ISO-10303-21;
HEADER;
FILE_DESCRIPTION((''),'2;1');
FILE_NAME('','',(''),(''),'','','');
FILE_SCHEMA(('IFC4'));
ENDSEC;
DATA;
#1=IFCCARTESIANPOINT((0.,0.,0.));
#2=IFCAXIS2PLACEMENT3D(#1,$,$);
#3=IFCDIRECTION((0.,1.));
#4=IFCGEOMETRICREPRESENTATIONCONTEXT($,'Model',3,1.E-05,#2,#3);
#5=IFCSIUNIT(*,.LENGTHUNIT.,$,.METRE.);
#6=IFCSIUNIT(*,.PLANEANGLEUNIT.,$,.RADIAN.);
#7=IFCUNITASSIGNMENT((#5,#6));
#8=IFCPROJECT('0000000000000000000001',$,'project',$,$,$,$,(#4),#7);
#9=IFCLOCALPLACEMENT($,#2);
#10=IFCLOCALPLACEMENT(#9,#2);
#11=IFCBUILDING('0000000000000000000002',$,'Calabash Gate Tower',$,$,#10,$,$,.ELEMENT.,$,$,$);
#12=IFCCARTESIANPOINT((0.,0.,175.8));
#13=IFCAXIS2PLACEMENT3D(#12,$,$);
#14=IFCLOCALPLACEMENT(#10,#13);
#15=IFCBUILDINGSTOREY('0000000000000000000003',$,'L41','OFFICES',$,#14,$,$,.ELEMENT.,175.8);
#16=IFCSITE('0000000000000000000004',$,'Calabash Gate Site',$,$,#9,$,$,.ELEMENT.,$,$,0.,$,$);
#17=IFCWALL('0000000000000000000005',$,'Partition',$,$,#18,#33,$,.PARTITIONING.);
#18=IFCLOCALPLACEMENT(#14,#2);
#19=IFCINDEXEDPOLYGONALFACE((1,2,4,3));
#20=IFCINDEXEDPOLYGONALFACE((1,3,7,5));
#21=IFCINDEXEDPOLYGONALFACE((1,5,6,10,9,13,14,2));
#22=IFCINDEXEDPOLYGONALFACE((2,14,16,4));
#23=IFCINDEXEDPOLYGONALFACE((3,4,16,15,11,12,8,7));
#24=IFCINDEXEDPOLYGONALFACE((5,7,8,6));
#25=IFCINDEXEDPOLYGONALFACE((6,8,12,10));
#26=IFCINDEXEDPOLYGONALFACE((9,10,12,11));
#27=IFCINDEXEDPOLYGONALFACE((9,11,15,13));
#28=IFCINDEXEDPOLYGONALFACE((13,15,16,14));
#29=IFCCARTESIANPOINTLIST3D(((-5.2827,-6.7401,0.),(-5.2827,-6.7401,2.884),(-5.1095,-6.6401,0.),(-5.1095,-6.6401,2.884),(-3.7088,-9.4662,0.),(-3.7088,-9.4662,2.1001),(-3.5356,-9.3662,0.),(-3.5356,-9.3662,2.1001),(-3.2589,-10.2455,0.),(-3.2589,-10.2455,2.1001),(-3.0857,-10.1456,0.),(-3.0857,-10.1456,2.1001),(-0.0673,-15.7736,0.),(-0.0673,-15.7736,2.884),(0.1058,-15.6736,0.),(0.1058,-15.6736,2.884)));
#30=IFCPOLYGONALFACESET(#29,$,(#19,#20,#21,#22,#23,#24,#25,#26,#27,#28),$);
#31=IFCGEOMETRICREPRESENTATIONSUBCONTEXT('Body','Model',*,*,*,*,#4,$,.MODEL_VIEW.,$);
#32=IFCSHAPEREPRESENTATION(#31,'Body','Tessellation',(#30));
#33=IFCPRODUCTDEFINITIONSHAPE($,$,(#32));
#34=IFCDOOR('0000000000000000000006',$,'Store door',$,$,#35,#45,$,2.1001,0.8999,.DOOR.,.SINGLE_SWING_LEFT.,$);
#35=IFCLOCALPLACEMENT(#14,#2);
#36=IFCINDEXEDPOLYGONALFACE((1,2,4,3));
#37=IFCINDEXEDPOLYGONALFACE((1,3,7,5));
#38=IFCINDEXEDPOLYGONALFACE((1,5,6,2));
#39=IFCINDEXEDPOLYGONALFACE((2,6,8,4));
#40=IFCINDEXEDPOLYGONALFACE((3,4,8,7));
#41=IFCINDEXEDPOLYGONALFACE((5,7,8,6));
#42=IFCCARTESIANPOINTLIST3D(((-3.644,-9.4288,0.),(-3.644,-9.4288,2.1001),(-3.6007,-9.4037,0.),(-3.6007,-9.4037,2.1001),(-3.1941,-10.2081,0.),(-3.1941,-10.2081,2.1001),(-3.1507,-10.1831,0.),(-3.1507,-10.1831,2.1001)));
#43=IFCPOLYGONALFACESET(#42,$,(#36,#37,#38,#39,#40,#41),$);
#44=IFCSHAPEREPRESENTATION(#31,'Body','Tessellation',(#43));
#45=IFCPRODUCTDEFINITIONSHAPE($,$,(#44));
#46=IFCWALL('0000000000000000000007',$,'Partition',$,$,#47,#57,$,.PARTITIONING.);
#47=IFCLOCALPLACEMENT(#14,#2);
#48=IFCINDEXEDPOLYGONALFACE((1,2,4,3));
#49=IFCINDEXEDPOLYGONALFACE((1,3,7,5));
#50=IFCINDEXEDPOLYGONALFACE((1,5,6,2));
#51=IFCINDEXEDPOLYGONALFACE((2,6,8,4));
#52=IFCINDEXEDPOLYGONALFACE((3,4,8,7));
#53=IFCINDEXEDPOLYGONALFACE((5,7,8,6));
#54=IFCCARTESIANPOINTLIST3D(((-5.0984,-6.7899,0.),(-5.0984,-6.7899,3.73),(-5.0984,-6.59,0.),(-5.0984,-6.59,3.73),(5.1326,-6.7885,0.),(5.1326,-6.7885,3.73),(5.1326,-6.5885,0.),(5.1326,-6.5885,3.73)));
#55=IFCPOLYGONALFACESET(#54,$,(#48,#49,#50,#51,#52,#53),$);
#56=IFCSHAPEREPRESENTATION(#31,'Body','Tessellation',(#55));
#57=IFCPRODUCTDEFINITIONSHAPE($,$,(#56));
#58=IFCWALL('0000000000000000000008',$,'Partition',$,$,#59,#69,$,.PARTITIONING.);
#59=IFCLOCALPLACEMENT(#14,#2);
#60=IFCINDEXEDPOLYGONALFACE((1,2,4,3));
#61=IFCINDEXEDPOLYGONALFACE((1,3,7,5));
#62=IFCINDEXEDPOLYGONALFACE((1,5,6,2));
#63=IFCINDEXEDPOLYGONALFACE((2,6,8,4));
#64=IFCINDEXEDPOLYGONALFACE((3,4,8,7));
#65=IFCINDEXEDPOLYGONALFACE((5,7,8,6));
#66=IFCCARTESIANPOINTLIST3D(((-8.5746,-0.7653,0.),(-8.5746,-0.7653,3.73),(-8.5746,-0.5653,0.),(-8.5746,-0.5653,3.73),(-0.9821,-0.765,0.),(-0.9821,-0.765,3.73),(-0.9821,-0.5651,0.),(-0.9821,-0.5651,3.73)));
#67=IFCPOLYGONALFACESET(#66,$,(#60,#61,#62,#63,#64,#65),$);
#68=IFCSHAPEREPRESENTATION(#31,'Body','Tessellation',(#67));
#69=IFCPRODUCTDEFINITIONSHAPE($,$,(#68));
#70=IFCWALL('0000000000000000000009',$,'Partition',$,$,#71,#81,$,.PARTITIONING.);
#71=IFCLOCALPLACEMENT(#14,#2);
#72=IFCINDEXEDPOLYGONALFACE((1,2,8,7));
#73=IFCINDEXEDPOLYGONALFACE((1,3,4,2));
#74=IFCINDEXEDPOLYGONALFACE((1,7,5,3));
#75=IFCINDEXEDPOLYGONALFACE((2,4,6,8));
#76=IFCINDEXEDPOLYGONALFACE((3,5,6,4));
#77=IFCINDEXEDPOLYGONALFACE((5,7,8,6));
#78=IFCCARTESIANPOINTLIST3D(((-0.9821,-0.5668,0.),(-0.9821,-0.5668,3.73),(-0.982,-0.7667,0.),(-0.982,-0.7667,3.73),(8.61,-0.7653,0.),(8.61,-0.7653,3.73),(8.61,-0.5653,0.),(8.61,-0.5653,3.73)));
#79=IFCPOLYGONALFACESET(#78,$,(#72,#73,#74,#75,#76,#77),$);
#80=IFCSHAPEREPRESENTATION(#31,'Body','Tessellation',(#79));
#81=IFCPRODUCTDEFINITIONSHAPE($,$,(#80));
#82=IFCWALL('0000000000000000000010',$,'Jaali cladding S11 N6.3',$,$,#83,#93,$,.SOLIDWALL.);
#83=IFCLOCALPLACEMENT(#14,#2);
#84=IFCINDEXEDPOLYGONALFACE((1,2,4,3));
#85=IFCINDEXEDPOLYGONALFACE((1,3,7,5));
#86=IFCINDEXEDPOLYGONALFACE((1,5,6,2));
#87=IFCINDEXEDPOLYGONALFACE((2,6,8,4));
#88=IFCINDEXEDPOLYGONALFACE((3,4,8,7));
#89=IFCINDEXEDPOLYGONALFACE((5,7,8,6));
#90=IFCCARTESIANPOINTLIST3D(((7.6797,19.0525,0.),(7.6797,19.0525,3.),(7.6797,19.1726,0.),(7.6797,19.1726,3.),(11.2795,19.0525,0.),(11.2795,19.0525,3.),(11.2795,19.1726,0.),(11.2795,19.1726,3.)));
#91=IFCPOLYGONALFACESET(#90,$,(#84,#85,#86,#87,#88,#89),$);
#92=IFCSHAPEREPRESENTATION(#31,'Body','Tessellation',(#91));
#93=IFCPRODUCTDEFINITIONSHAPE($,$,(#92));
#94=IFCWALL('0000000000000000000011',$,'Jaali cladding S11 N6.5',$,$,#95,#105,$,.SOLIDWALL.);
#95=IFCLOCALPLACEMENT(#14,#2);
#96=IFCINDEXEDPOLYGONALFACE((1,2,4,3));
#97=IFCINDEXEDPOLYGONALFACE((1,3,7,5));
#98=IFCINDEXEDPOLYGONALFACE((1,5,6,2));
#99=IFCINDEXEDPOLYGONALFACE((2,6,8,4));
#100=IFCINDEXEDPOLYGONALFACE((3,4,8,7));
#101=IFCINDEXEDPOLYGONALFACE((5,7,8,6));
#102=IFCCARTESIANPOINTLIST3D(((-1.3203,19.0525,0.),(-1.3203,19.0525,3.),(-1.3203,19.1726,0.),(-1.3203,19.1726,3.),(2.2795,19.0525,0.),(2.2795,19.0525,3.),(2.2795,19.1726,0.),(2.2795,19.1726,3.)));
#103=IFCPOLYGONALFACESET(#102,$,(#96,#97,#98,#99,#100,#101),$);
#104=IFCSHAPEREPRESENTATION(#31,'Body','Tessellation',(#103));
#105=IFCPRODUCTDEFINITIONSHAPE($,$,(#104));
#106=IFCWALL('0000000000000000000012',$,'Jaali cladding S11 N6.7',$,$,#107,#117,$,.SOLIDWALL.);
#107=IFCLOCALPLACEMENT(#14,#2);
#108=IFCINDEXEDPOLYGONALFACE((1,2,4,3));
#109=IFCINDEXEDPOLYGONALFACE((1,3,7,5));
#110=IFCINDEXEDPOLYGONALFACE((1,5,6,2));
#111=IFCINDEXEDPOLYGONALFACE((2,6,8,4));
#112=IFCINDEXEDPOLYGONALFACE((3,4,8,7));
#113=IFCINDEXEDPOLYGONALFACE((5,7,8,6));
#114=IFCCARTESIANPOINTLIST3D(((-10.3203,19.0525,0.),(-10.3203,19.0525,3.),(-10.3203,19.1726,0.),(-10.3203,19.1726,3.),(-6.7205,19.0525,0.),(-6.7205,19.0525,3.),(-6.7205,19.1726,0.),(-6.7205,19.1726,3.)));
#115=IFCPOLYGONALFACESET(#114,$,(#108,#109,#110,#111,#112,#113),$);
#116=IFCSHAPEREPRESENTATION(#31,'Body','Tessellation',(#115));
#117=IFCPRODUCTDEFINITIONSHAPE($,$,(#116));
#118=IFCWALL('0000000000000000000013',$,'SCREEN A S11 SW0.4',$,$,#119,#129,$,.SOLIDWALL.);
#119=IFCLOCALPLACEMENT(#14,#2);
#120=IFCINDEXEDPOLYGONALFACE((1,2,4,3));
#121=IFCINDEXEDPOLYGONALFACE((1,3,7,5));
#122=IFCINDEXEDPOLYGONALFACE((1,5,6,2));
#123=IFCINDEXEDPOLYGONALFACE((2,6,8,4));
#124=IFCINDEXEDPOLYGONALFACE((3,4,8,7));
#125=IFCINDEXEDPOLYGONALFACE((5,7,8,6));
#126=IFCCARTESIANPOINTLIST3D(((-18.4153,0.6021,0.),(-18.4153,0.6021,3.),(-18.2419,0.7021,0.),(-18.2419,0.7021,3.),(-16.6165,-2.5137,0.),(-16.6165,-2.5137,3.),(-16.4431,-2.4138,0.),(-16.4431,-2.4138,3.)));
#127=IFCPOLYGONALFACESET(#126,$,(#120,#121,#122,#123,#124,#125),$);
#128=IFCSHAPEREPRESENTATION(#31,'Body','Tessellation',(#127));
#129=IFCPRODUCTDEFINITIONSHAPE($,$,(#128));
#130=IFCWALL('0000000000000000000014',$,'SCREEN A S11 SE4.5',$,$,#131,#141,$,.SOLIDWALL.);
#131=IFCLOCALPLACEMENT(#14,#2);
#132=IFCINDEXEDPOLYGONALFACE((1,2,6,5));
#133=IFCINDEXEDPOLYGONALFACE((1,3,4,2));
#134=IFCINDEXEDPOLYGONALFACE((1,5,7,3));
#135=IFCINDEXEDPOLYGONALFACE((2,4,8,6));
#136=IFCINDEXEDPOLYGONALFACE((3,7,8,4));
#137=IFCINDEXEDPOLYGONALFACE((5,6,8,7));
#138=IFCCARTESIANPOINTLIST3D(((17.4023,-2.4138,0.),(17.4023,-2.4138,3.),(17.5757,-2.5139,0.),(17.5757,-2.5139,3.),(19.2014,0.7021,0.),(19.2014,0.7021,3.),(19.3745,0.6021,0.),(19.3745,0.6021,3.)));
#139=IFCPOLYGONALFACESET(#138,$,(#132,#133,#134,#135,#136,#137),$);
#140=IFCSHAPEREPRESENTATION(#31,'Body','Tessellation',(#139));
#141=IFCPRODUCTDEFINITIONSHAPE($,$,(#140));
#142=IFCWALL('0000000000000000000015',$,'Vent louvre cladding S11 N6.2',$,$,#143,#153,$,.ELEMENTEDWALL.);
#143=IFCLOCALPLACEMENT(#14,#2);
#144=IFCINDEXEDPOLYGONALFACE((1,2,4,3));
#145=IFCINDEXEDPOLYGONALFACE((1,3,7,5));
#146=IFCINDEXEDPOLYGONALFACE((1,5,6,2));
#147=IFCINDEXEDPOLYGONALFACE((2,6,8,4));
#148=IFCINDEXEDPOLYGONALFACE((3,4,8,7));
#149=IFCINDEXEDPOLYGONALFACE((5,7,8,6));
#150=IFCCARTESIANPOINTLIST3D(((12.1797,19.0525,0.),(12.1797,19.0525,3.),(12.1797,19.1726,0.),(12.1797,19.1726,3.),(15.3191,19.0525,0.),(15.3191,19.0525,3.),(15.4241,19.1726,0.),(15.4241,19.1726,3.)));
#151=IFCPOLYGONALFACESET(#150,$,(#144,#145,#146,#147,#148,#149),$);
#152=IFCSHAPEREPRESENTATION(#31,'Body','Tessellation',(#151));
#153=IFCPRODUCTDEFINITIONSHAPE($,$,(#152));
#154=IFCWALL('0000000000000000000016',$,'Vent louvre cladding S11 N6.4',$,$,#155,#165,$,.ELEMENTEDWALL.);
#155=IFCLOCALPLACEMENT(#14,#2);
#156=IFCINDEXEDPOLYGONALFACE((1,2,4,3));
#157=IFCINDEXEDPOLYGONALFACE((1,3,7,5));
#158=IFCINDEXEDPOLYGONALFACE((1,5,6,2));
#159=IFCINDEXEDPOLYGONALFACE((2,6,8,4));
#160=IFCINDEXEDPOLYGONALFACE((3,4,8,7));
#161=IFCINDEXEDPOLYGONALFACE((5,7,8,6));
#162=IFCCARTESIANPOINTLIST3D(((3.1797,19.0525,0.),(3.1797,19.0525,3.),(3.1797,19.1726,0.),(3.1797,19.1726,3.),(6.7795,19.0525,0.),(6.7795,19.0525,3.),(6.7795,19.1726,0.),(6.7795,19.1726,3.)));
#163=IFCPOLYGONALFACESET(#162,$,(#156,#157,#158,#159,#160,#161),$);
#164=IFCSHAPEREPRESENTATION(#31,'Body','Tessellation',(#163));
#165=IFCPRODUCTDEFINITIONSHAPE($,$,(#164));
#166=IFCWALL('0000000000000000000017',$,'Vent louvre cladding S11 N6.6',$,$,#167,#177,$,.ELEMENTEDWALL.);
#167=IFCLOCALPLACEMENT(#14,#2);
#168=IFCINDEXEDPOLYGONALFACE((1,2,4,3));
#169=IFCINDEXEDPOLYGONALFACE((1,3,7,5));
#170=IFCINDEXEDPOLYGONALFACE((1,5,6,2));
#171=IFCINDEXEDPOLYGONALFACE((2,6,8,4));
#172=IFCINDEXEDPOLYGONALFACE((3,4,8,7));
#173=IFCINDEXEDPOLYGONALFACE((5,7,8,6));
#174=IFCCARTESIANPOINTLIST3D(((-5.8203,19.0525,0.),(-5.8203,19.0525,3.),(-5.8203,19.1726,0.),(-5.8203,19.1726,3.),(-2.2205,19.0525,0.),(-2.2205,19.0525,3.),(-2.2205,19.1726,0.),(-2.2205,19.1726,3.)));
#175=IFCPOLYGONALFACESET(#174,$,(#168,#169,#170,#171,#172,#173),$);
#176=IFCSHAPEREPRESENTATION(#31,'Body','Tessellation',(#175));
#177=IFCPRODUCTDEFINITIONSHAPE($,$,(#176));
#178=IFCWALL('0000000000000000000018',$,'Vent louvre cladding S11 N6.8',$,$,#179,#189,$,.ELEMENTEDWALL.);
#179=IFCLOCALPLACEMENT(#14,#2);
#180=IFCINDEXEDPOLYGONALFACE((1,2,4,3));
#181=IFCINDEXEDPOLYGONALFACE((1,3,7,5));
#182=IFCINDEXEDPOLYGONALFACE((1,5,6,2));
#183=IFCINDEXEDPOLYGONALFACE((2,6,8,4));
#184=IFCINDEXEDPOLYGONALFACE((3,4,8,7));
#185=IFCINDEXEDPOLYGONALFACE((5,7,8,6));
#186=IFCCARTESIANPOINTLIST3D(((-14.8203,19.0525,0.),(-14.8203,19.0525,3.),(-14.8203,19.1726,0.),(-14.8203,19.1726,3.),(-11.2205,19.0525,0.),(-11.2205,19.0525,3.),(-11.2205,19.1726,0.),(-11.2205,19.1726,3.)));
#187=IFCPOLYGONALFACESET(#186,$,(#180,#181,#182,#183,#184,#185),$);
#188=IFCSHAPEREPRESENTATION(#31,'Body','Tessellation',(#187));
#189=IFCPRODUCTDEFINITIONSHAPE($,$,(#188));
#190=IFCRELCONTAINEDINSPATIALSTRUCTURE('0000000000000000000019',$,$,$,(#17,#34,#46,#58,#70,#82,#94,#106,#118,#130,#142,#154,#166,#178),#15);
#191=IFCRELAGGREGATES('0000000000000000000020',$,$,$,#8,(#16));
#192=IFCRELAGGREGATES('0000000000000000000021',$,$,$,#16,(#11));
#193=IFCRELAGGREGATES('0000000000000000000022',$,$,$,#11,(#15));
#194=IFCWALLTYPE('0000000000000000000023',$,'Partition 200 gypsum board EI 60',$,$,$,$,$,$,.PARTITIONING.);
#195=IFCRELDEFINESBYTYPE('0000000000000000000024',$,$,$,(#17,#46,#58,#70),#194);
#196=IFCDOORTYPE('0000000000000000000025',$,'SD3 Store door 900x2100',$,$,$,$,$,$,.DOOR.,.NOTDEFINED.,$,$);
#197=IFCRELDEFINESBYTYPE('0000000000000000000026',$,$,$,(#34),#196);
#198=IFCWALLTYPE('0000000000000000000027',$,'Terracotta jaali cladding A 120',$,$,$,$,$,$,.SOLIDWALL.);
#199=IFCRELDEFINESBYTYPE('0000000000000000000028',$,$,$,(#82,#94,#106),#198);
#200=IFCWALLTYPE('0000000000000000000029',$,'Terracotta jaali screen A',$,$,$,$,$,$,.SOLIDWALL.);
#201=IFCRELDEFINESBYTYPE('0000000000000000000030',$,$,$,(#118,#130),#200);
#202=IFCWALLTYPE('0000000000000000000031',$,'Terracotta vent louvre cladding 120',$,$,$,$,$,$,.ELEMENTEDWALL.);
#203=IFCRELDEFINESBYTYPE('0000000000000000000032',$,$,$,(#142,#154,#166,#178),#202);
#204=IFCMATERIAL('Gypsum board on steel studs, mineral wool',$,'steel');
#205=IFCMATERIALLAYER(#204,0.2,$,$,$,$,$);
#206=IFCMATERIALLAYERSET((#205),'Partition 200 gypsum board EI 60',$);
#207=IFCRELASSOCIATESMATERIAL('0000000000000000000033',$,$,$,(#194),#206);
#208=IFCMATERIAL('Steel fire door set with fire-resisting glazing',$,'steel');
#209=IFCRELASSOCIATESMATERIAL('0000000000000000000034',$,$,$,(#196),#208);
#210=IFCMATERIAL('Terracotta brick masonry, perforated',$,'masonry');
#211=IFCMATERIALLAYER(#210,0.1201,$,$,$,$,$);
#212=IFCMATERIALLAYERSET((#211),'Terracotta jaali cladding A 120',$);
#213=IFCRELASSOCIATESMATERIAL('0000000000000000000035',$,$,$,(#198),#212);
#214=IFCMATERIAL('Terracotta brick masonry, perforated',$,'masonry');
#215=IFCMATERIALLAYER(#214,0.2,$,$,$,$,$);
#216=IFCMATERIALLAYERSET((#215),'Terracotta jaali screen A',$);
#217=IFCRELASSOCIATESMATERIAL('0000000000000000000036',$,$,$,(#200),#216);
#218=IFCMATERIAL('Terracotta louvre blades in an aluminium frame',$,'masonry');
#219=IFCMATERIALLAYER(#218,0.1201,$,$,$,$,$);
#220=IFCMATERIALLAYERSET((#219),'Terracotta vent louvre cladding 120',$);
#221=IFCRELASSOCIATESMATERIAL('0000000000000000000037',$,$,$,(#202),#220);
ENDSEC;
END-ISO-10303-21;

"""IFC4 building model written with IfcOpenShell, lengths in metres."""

from ifc_helpers import new_model, si_unit, direction, frame, frame_2d, origin, place, context, subcontext, project, spatial, polyline, rectangle, outline, extrude, material, layer, layer_set, type_object, element, fill, save


model = new_model("IFC4")

# Units and contexts
model_context = context("Model", 3, precision=1e-05, world=origin(), true_north=direction((0.0, 1.0)))
body_context = subcontext(model_context, "Body", "Model", "MODEL_VIEW")
ifc_project = project(units=[si_unit("LENGTHUNIT", "METRE"), si_unit("PLANEANGLEUNIT", "RADIAN")], contexts=[model_context])

# Site, building, storey
site_placement = place(None, origin())
site = spatial("IfcSite", under=ifc_project, at=site_placement, Name="Calabash Gate Site", CompositionType="ELEMENT", RefElevation=0.0)
building_placement = place(site_placement, origin())
building = spatial("IfcBuilding", under=site, at=building_placement, Name="Calabash Gate Tower", CompositionType="ELEMENT")
storey_placement = place(building_placement, frame((0.0, 0.0, 175.8)))
storey = spatial("IfcBuildingStorey", under=building, at=storey_placement, Name="L41", Description="OFFICES", CompositionType="ELEMENT", Elevation=175.8)

# Wall, opening, door
ifc_material_1 = material(Name="Gypsum board on steel studs, mineral wool", Category="steel")
ifc_layer_1 = layer(ifc_material_1, 0.2)
ifc_layer_set_1 = layer_set([ifc_layer_1], Name="Partition 200 gypsum board EI 60")
wall_type_1 = type_object("IfcWallType", Name="Partition 200 gypsum board EI 60", PredefinedType="PARTITIONING", material=ifc_layer_set_1)
wall_1_placement = place(storey_placement, frame((-5.196, -6.6902, 0.0), z_axis=(0.0, 0.0, 1.0), x_axis=(0.499991, -0.866031, 0.0)))
wall_1 = element("IfcWall", 1, at=wall_1_placement, inside=storey, type_object=wall_type_1, Name="Partition", PredefinedType="PARTITIONING", context=body_context, shape_type="SweptSolid", body=[
    extrude(rectangle(XDim=10.4309, YDim=0.2, at=frame_2d((5.2153, 0.0))), origin(), (0.0, 0.0, 1.0), 2.884),
])
opening_placement = place(wall_1_placement, frame((3.1477, 0.0, 0.0)))
opening = element("IfcOpeningElement", 2, at=opening_placement, cuts=wall_1, PredefinedType="OPENING", context=body_context, shape_type="SweptSolid", body=[
    extrude(rectangle(XDim=0.8999, YDim=2.1001, at=frame_2d((0.45, 1.05))), frame((0.0, 0.1099, 0.0), z_axis=(0.0, -1.0, 0.0), x_axis=(1.0, 0.0, 0.0)), (0.0, 0.0, 1.0), 0.22),
])
ifc_material_2 = material(Name="Steel fire door set with fire-resisting glazing", Category="steel")
door_type = type_object("IfcDoorType", Name="SD3 Store door 900x2100", OperationType="NOTDEFINED", PredefinedType="DOOR", material=ifc_material_2)
door_placement = place(opening_placement, origin())
door = element("IfcDoor", 3, at=door_placement, inside=storey, type_object=door_type, Name="Store door", OperationType="SINGLE_SWING_LEFT", OverallHeight=2.1001, OverallWidth=0.8999, PredefinedType="DOOR", context=body_context, shape_type="SweptSolid", body=[
    extrude(rectangle(XDim=0.8999, YDim=2.1001, at=frame_2d((0.45, 1.05))), frame((0.0, 0.0249, 0.0), z_axis=(0.0, -1.0, 0.0), x_axis=(1.0, 0.0, 0.0)), (0.0, 0.0, 1.0), 0.05),
])
fill(opening, door)

# Walls
wall_2_placement = place(storey_placement, frame((-5.0984, -6.6899, 0.0), z_axis=(0.0, 0.0, 1.0), x_axis=(1.0, 0.000143, 0.0)))
element("IfcWall", 4, at=wall_2_placement, inside=storey, type_object=wall_type_1, Name="Partition", PredefinedType="PARTITIONING", context=body_context, shape_type="SweptSolid", body=[
    extrude(rectangle(XDim=10.231, YDim=0.2, at=frame_2d((5.1155, 0.0))), origin(), (0.0, 0.0, 1.0), 3.73),
])
wall_3_placement = place(storey_placement, frame((-8.5747, -0.6653, 0.0), z_axis=(0.0, 0.0, 1.0), x_axis=(1.0, 0.000032, 0.0)))
element("IfcWall", 5, at=wall_3_placement, inside=storey, type_object=wall_type_1, Name="Partition", PredefinedType="PARTITIONING", context=body_context, shape_type="SweptSolid", body=[
    extrude(rectangle(XDim=7.5925, YDim=0.2, at=frame_2d((3.7964, 0.0))), origin(), (0.0, 0.0, 1.0), 3.73),
])
wall_4_placement = place(storey_placement, frame((-0.9819, -0.6667, 0.0), z_axis=(0.0, 0.0, 1.0), x_axis=(1.0, 0.000153, 0.0)))
element("IfcWall", 6, at=wall_4_placement, inside=storey, type_object=wall_type_1, Name="Partition", PredefinedType="PARTITIONING", context=body_context, shape_type="SweptSolid", body=[
    extrude(rectangle(XDim=9.592, YDim=0.2, at=frame_2d((4.7959, 0.0))), origin(), (0.0, 0.0, 1.0), 3.73),
])
ifc_material_3 = material(Name="Terracotta brick masonry, perforated", Category="masonry")
ifc_layer_2 = layer(ifc_material_3, 0.1201)
ifc_layer_set_2 = layer_set([ifc_layer_2], Name="Terracotta jaali cladding A 120")
wall_type_2 = type_object("IfcWallType", Name="Terracotta jaali cladding A 120", PredefinedType="SOLIDWALL", material=ifc_layer_set_2)
wall_5_placement = place(storey_placement, origin())
element("IfcWall", 7, at=wall_5_placement, inside=storey, type_object=wall_type_2, Name="Jaali cladding S11 N6.3", PredefinedType="SOLIDWALL", context=body_context, shape_type="SweptSolid", body=[
    extrude(outline(polyline([(7.6797, 19.1726), (7.6797, 19.0525), (11.2795, 19.0525), (11.2795, 19.1726), (7.6797, 19.1726)])), origin(), (0.0, 0.0, 1.0), 3.0),
])
wall_6_placement = place(storey_placement, origin())
element("IfcWall", 8, at=wall_6_placement, inside=storey, type_object=wall_type_2, Name="Jaali cladding S11 N6.5", PredefinedType="SOLIDWALL", context=body_context, shape_type="SweptSolid", body=[
    extrude(outline(polyline([(-1.3203, 19.1726), (-1.3203, 19.0525), (2.2795, 19.0525), (2.2795, 19.1726), (-1.3203, 19.1726)])), origin(), (0.0, 0.0, 1.0), 3.0),
])
wall_7_placement = place(storey_placement, origin())
element("IfcWall", 9, at=wall_7_placement, inside=storey, type_object=wall_type_2, Name="Jaali cladding S11 N6.7", PredefinedType="SOLIDWALL", context=body_context, shape_type="SweptSolid", body=[
    extrude(outline(polyline([(-10.3203, 19.1726), (-10.3203, 19.0525), (-6.7205, 19.0525), (-6.7205, 19.1726), (-10.3203, 19.1726)])), origin(), (0.0, 0.0, 1.0), 3.0),
])
ifc_material_4 = material(Name="Terracotta brick masonry, perforated", Category="masonry")
ifc_layer_3 = layer(ifc_material_4, 0.2)
ifc_layer_set_3 = layer_set([ifc_layer_3], Name="Terracotta jaali screen A")
wall_type_3 = type_object("IfcWallType", Name="Terracotta jaali screen A", PredefinedType="SOLIDWALL", material=ifc_layer_set_3)
wall_8_placement = place(storey_placement, origin())
element("IfcWall", 10, at=wall_8_placement, inside=storey, type_object=wall_type_3, Name="SCREEN A S11 SW0.4", PredefinedType="SOLIDWALL", context=body_context, shape_type="SweptSolid", body=[
    extrude(outline(polyline([(-18.4153, 0.6021), (-16.6165, -2.5137), (-16.4431, -2.4138), (-18.2419, 0.7021), (-18.4153, 0.6021)])), origin(), (0.0, 0.0, 1.0), 3.0),
])
wall_9_placement = place(storey_placement, origin())
element("IfcWall", 11, at=wall_9_placement, inside=storey, type_object=wall_type_3, Name="SCREEN A S11 SE4.5", PredefinedType="SOLIDWALL", context=body_context, shape_type="SweptSolid", body=[
    extrude(outline(polyline([(19.2014, 0.7021), (17.4023, -2.4138), (17.5757, -2.5139), (19.3745, 0.6021), (19.2014, 0.7021)])), origin(), (0.0, 0.0, 1.0), 3.0),
])
ifc_material_5 = material(Name="Terracotta louvre blades in an aluminium frame", Category="masonry")
ifc_layer_4 = layer(ifc_material_5, 0.1201)
ifc_layer_set_4 = layer_set([ifc_layer_4], Name="Terracotta vent louvre cladding 120")
wall_type_4 = type_object("IfcWallType", Name="Terracotta vent louvre cladding 120", PredefinedType="ELEMENTEDWALL", material=ifc_layer_set_4)
wall_10_placement = place(storey_placement, origin())
element("IfcWall", 12, at=wall_10_placement, inside=storey, type_object=wall_type_4, Name="Vent louvre cladding S11 N6.2", PredefinedType="ELEMENTEDWALL", context=body_context, shape_type="SweptSolid", body=[
    extrude(outline(polyline([(12.1797, 19.1726), (12.1797, 19.0525), (15.3191, 19.0525), (15.4241, 19.1726), (12.1797, 19.1726)])), origin(), (0.0, 0.0, 1.0), 3.0),
])
wall_11_placement = place(storey_placement, origin())
element("IfcWall", 13, at=wall_11_placement, inside=storey, type_object=wall_type_4, Name="Vent louvre cladding S11 N6.4", PredefinedType="ELEMENTEDWALL", context=body_context, shape_type="SweptSolid", body=[
    extrude(outline(polyline([(3.1797, 19.1726), (3.1797, 19.0525), (6.7795, 19.0525), (6.7795, 19.1726), (3.1797, 19.1726)])), origin(), (0.0, 0.0, 1.0), 3.0),
])
wall_12_placement = place(storey_placement, origin())
element("IfcWall", 14, at=wall_12_placement, inside=storey, type_object=wall_type_4, Name="Vent louvre cladding S11 N6.6", PredefinedType="ELEMENTEDWALL", context=body_context, shape_type="SweptSolid", body=[
    extrude(outline(polyline([(-5.8203, 19.1726), (-5.8203, 19.0525), (-2.2205, 19.0525), (-2.2205, 19.1726), (-5.8203, 19.1726)])), origin(), (0.0, 0.0, 1.0), 3.0),
])
wall_13_placement = place(storey_placement, origin())
element("IfcWall", 15, at=wall_13_placement, inside=storey, type_object=wall_type_4, Name="Vent louvre cladding S11 N6.8", PredefinedType="ELEMENTEDWALL", context=body_context, shape_type="SweptSolid", body=[
    extrude(outline(polyline([(-14.8203, 19.1726), (-14.8203, 19.0525), (-11.2205, 19.0525), (-11.2205, 19.1726), (-14.8203, 19.1726)])), origin(), (0.0, 0.0, 1.0), 3.0),
])

save(model, "model.ifc")
